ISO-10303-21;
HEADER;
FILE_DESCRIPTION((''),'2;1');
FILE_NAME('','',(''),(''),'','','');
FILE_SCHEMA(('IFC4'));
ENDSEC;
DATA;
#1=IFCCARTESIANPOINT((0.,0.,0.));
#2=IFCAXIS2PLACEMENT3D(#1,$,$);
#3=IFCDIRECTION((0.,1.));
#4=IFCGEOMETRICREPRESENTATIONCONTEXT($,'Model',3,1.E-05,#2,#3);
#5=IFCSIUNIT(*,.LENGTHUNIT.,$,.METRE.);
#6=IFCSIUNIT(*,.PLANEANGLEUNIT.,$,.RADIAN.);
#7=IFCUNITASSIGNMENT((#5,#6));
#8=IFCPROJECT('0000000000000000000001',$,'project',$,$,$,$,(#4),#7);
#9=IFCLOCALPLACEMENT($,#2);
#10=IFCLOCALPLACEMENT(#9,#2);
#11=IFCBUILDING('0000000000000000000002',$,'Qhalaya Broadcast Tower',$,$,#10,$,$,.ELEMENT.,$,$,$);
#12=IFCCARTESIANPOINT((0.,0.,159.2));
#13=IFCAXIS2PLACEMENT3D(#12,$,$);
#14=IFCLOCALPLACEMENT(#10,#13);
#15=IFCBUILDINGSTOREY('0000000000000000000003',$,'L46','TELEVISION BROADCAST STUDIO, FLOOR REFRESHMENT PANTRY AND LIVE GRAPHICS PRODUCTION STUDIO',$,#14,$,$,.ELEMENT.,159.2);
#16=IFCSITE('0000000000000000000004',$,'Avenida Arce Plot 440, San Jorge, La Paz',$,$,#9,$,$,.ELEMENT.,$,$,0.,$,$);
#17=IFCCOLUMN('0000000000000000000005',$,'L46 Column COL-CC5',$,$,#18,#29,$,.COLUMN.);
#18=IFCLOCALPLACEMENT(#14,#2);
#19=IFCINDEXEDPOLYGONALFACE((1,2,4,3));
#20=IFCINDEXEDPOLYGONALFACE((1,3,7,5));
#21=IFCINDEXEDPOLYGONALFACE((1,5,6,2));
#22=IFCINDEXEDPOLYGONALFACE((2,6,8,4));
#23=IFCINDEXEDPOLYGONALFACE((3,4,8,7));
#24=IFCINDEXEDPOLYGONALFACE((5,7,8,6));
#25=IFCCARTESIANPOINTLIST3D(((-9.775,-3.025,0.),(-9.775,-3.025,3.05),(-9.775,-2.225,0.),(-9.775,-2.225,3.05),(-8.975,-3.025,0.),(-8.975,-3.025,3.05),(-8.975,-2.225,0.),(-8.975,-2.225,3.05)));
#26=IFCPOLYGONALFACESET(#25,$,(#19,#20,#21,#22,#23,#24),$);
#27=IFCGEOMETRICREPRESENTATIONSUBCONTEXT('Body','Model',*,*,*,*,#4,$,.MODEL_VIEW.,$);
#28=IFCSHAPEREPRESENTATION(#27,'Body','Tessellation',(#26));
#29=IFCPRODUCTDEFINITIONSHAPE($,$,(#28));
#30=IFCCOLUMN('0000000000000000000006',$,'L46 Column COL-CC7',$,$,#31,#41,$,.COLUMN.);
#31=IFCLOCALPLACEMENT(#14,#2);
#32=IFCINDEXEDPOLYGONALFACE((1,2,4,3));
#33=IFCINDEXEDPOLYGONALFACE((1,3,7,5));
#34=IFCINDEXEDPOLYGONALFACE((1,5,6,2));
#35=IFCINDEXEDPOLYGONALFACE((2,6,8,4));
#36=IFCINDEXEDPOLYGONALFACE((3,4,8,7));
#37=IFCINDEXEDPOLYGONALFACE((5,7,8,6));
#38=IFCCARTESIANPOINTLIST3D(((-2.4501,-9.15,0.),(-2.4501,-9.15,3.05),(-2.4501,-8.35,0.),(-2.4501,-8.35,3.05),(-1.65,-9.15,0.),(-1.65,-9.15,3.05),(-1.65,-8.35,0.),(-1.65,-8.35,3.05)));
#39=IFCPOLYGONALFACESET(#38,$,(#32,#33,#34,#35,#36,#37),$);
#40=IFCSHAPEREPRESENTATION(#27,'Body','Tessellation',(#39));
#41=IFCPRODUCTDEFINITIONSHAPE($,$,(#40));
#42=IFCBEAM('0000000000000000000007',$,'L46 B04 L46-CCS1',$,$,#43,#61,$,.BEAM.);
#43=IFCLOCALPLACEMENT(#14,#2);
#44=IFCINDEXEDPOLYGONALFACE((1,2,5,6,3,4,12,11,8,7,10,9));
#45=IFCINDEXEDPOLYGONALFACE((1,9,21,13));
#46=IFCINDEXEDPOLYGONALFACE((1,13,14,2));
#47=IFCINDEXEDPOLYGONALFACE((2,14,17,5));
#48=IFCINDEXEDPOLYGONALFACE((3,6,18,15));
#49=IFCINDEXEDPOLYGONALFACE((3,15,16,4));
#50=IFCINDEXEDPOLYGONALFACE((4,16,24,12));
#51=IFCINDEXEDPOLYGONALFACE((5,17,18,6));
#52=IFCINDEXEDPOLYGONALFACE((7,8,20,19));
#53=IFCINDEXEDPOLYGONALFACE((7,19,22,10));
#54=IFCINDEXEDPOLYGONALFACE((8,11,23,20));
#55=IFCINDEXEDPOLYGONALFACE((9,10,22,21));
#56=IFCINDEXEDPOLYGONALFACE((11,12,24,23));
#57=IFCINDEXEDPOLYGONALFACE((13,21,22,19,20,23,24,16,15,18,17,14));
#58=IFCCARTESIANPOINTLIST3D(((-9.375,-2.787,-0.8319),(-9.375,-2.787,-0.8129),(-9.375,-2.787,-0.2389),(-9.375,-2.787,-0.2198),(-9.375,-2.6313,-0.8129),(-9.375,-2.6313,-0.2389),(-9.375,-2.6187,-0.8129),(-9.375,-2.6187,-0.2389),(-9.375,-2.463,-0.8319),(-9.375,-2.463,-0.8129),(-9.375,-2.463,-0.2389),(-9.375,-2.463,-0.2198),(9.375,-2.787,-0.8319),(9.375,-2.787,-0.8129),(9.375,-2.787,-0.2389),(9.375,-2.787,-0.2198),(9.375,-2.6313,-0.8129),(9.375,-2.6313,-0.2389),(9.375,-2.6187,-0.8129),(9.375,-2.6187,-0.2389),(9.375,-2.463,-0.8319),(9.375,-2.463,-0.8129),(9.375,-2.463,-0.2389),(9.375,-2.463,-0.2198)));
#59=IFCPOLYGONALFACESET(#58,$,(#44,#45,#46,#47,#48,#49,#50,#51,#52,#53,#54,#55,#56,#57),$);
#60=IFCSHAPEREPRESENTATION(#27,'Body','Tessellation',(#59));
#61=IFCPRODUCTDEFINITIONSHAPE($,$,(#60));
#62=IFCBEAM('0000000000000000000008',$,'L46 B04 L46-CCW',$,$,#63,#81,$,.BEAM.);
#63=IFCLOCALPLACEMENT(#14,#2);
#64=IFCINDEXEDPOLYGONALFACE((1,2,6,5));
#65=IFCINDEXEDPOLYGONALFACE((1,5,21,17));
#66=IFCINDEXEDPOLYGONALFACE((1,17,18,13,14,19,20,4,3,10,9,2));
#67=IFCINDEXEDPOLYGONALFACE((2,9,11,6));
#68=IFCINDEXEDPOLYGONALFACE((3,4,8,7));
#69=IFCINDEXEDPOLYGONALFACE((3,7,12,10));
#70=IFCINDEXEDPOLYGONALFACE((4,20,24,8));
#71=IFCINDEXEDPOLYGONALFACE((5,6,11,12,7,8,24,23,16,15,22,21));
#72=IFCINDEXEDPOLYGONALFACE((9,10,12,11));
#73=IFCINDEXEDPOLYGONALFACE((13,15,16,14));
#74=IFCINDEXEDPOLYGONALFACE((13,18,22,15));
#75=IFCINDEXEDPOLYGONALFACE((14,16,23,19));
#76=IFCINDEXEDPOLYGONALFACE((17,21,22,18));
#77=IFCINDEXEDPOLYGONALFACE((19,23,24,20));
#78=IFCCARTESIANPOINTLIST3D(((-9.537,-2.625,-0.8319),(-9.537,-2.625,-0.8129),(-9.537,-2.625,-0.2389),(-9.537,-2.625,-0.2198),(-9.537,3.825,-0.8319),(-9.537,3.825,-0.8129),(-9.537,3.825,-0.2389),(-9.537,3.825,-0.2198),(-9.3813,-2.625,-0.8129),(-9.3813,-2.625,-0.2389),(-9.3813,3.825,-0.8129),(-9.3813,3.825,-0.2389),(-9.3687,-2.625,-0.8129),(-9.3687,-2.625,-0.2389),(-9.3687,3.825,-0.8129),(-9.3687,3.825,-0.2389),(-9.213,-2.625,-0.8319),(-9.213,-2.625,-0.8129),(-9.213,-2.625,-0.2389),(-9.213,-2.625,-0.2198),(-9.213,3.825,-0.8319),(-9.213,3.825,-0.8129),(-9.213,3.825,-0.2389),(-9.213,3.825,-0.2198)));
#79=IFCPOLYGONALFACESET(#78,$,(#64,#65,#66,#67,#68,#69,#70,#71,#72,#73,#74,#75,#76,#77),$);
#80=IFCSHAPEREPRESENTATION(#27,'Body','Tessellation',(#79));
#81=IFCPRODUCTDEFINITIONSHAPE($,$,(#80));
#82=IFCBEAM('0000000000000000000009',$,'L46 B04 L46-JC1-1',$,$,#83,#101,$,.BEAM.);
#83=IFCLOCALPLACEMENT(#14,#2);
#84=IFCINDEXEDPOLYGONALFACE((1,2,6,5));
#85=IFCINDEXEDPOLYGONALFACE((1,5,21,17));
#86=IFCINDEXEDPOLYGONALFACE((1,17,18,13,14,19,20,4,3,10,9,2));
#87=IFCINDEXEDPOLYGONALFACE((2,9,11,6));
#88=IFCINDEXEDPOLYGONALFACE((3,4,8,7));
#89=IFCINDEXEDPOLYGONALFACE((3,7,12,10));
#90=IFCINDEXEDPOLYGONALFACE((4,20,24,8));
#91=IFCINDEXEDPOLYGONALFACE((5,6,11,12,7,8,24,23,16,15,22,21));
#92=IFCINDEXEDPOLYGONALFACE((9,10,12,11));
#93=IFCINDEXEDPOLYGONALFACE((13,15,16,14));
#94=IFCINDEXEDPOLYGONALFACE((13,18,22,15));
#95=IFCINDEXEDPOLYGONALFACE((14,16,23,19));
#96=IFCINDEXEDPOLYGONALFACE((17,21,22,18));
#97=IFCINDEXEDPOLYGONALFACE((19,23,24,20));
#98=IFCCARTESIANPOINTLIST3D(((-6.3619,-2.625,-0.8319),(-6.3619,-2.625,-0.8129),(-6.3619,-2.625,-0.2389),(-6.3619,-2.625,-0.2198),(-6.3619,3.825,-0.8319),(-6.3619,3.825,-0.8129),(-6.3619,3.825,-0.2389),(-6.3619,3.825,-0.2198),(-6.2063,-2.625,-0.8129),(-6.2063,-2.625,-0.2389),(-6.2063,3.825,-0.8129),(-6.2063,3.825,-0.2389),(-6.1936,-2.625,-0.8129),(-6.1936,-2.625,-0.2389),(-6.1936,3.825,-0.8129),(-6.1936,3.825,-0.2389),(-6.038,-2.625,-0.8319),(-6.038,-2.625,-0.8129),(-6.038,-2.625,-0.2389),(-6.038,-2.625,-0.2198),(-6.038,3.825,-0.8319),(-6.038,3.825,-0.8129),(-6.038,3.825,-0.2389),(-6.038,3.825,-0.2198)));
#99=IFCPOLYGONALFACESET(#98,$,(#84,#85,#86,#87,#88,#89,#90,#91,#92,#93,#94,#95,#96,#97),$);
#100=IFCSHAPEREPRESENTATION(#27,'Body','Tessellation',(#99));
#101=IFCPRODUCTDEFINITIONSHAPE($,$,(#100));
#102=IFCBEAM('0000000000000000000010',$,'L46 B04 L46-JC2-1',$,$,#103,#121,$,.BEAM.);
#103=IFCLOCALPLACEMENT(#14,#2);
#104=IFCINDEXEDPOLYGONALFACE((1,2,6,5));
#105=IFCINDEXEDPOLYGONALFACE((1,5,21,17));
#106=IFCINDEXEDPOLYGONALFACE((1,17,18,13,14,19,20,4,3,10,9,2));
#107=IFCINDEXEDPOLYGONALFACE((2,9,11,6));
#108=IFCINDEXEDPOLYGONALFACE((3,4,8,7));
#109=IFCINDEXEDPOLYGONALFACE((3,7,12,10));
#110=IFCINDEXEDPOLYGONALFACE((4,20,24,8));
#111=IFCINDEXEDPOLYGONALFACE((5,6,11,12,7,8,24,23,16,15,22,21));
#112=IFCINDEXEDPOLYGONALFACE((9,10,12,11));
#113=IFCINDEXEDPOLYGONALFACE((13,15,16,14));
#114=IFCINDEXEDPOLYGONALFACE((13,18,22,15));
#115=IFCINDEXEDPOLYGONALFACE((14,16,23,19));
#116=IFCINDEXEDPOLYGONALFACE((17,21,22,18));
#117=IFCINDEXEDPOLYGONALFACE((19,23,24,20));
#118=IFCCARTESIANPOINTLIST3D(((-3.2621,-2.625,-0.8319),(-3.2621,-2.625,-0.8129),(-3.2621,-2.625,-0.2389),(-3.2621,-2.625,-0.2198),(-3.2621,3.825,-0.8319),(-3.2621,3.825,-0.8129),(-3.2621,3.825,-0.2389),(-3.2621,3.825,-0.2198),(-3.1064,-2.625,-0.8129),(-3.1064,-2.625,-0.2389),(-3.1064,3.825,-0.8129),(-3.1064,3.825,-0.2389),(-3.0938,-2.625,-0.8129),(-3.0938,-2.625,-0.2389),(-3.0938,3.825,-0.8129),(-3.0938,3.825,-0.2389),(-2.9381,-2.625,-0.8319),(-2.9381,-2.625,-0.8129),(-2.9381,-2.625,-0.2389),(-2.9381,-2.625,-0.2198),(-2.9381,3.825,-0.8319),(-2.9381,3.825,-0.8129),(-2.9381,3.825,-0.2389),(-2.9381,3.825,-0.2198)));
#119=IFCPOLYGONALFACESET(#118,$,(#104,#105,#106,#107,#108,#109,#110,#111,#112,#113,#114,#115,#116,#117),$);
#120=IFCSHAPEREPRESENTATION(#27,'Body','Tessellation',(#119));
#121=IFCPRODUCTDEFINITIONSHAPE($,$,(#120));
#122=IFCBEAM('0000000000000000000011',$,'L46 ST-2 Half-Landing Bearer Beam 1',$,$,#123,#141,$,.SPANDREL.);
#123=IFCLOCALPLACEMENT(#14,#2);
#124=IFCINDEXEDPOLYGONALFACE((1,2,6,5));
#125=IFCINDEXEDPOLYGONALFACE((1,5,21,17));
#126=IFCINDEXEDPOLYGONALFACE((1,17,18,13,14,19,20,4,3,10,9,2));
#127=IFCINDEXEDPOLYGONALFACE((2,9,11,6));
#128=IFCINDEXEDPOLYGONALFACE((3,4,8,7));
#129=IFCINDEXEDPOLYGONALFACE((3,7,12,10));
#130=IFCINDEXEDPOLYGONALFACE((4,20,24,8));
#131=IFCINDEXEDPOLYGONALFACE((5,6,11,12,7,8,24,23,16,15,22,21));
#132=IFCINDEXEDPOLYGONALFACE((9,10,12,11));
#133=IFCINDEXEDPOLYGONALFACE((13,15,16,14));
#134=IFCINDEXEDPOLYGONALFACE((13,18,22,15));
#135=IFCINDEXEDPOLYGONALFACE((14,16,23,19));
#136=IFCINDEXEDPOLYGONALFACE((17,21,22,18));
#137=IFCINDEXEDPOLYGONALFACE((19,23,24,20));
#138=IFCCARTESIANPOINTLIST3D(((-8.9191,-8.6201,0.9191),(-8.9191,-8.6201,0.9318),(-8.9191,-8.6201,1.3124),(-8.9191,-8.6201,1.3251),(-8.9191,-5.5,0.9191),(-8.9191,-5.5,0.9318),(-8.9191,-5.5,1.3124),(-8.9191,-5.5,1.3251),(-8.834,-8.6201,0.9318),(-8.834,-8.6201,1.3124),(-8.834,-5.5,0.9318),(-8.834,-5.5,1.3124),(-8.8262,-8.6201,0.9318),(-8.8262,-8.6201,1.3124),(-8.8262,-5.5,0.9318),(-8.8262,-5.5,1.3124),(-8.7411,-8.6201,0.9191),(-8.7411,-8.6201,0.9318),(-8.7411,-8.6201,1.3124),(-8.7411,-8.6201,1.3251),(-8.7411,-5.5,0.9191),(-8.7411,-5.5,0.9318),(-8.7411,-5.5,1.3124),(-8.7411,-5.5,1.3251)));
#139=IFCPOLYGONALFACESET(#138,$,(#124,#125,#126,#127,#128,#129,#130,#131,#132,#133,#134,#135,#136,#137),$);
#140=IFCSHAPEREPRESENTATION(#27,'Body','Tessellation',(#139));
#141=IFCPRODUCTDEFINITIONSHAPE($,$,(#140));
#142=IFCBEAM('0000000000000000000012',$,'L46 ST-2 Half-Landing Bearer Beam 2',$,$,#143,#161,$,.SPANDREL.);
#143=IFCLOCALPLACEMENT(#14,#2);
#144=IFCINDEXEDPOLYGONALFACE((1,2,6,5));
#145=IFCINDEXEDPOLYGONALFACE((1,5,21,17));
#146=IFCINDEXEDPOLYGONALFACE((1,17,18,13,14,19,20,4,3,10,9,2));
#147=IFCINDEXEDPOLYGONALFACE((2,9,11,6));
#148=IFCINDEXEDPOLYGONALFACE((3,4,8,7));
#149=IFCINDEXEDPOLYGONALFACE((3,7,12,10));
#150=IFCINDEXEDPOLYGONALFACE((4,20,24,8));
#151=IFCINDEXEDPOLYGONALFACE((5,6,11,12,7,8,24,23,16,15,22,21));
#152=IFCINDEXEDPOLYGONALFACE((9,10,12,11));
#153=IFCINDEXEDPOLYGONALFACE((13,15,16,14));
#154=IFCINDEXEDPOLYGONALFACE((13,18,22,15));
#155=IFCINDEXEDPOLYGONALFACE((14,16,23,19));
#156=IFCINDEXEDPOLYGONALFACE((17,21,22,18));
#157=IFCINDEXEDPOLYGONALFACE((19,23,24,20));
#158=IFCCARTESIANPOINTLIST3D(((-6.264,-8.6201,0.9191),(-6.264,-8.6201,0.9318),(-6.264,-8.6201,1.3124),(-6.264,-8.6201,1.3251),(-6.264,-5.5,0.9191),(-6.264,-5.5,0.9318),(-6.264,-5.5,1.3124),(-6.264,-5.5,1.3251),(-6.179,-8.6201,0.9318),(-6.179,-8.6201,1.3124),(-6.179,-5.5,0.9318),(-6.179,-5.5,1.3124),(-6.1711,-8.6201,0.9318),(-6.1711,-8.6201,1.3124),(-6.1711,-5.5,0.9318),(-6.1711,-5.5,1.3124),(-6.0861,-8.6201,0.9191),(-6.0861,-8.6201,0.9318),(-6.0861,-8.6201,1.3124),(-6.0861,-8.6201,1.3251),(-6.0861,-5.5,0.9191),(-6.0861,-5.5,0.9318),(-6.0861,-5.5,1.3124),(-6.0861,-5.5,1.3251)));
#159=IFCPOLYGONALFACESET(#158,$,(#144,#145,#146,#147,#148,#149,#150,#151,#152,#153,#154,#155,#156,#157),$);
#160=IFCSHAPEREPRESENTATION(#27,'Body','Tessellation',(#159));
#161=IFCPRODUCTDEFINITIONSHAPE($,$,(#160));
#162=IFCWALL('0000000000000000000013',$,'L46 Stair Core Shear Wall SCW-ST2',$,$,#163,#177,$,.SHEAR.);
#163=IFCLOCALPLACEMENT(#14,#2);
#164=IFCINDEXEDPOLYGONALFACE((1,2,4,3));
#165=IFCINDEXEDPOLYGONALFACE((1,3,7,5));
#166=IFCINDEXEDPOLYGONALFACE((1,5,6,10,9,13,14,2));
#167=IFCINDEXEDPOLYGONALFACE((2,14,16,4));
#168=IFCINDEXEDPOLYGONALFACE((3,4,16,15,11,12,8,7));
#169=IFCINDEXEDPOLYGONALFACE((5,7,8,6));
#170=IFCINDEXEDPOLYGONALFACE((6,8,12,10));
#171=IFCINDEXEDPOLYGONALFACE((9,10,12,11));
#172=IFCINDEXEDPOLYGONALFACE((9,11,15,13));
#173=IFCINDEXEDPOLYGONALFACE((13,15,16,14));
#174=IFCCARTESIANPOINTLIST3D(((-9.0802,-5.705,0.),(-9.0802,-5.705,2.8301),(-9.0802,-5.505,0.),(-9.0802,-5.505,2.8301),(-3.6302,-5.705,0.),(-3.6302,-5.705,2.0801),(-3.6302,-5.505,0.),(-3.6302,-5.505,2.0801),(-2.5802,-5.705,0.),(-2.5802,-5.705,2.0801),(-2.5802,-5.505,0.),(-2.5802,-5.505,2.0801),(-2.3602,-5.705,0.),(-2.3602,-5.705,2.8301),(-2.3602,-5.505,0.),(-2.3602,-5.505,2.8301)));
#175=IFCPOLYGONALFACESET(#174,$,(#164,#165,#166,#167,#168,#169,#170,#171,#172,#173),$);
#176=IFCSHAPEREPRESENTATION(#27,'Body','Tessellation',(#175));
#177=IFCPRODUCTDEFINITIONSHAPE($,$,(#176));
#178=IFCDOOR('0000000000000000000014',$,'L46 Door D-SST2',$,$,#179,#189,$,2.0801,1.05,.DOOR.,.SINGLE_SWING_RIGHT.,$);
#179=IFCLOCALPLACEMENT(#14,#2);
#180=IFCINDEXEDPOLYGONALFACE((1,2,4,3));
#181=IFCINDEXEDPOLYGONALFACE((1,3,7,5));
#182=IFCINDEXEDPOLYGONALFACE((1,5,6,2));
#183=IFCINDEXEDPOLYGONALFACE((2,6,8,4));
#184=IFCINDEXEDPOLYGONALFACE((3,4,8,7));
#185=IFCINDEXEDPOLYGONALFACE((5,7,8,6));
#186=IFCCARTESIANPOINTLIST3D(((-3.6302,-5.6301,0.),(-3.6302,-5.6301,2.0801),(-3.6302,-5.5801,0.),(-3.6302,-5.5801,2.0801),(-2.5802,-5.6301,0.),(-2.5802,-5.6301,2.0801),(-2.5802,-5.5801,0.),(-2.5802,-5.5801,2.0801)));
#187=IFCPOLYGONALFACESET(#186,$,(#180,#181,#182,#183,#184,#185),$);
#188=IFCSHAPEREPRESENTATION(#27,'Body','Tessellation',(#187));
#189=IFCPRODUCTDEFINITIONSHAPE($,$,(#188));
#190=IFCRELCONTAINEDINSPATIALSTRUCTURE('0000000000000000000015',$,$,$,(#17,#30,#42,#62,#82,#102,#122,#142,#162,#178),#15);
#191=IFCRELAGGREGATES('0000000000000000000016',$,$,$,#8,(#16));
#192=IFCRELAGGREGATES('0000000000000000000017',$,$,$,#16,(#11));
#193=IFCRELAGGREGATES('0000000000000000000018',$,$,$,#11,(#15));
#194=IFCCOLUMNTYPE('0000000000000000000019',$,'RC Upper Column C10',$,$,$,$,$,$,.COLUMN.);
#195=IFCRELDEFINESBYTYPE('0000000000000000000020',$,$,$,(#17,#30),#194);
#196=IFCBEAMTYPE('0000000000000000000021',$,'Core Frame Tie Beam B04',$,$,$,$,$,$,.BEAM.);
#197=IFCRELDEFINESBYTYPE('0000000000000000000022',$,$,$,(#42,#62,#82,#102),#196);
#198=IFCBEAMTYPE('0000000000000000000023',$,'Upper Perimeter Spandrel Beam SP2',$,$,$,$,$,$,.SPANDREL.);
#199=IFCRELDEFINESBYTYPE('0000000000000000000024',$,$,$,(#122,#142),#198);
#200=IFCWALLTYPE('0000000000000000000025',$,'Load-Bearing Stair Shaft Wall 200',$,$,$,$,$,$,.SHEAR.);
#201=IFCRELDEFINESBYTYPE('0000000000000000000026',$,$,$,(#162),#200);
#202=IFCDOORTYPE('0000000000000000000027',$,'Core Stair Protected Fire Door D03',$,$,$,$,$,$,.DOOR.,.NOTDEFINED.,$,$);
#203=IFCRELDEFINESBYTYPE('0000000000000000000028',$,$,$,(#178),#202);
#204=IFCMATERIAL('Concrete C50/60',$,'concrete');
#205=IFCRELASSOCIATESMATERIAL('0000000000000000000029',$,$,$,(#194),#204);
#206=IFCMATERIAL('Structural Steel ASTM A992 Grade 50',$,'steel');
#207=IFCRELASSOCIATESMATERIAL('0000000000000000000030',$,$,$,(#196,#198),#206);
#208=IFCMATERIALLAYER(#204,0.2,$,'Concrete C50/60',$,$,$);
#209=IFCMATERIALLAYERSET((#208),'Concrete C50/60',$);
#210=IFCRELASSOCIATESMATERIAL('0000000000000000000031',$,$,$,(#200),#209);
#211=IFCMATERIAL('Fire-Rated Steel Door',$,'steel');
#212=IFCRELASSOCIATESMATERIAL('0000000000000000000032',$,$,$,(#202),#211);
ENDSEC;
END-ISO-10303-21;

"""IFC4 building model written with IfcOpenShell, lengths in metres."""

from ifc_helpers import new_model, si_unit, direction, frame, frame_2d, origin, origin_2d, place, context, subcontext, project, spatial, rectangle, i_section, extrude, material, layer, layer_set, material_profile, profile_set, type_object, element, fill, save


model = new_model("IFC4")

# Units and contexts
model_context = context("Model", 3, precision=1e-05, world=origin(), true_north=direction((0.0, 1.0)))
body_context = subcontext(model_context, "Body", "Model", "MODEL_VIEW")
ifc_project = project(units=[si_unit("LENGTHUNIT", "METRE"), si_unit("PLANEANGLEUNIT", "RADIAN")], contexts=[model_context])

# Site, building, storey
site_placement = place(None, origin())
site = spatial("IfcSite", under=ifc_project, at=site_placement, Name="Avenida Arce Plot 440, San Jorge, La Paz", CompositionType="ELEMENT", RefElevation=0.0)
building_placement = place(site_placement, origin())
building = spatial("IfcBuilding", under=site, at=building_placement, Name="Qhalaya Broadcast Tower", CompositionType="ELEMENT")
storey_placement = place(building_placement, frame((0.0, 0.0, 159.2)))
storey = spatial("IfcBuildingStorey", under=building, at=storey_placement, Name="L46", Description="TELEVISION BROADCAST STUDIO, FLOOR REFRESHMENT PANTRY AND LIVE GRAPHICS PRODUCTION STUDIO", CompositionType="ELEMENT", Elevation=159.2)

# Columns
ifc_material_1 = material(Name="Concrete C50/60", Category="concrete")
ifc_material_profile_1 = material_profile(ifc_material_1, rectangle(XDim=0.8, YDim=0.8, at=origin_2d()), Name="RC-COL 800x800")
ifc_profile_set_1 = profile_set([ifc_material_profile_1], Name="Concrete C50/60")
column_type = type_object("IfcColumnType", Name="RC Upper Column C10", PredefinedType="COLUMN", material=ifc_profile_set_1)
for number, where, z_axis, x_axis, name in (
    (1, (-9.375, -2.625, 0.0), (0.0, 0.0, 1.0), (1.0, 0.0, 0.0), "L46 Column COL-CC5"),
    (2, (-2.05, -8.75, 0.0), (0.0, 0.0, 1.0), (1.0, 0.0, 0.0), "L46 Column COL-CC7"),
):
    element("IfcColumn", number, at=place(storey_placement, frame(where, z_axis=z_axis, x_axis=x_axis)), inside=storey, type_object=column_type, Name=name, PredefinedType="COLUMN", context=body_context, shape_type="SweptSolid", body=[
        extrude(rectangle(XDim=0.8, YDim=0.8, at=origin_2d()), origin(), (0.0, 0.0, 1.0), 3.05),
    ])

# Beams
ifc_material_2 = material(Name="Structural Steel ASTM A992 Grade 50", Category="steel")
ifc_material_profile_2 = material_profile(ifc_material_2, i_section(OverallWidth=0.324, OverallDepth=0.6121, WebThickness=0.0127, FlangeThickness=0.019, at=origin_2d()), Name="W24X104")
ifc_profile_set_2 = profile_set([ifc_material_profile_2], Name="Structural Steel ASTM A992 Grade 50")
beam_type_1 = type_object("IfcBeamType", Name="Core Frame Tie Beam B04", PredefinedType="BEAM", material=ifc_profile_set_2)
beam_placement = place(storey_placement, frame((-9.375, -2.625, -0.5259), z_axis=(1.0, 0.0, 0.0), x_axis=(0.0, 1.0, 0.0)))
element("IfcBeam", 3, at=beam_placement, inside=storey, type_object=beam_type_1, Name="L46 B04 L46-CCS1", PredefinedType="BEAM", context=body_context, shape_type="SweptSolid", body=[
    extrude(i_section(OverallWidth=0.324, OverallDepth=0.6121, WebThickness=0.0127, FlangeThickness=0.019, at=origin_2d()), origin(), (0.0, 0.0, 1.0), 18.75),
])
for number, where, z_axis, x_axis, name in (
    (4, (-9.375, -2.625, -0.5259), (0.0, 1.0, 0.0), (-1.0, 0.0, 0.0), "L46 B04 L46-CCW"),
    (5, (-6.2, -2.625, -0.5259), (0.0, 1.0, 0.0), (-1.0, 0.0, 0.0), "L46 B04 L46-JC1-1"),
    (6, (-3.1001, -2.625, -0.5259), (0.0, 1.0, 0.0), (-1.0, 0.0, 0.0), "L46 B04 L46-JC2-1"),
):
    element("IfcBeam", number, at=place(storey_placement, frame(where, z_axis=z_axis, x_axis=x_axis)), inside=storey, type_object=beam_type_1, Name=name, PredefinedType="BEAM", context=body_context, shape_type="SweptSolid", body=[
        extrude(i_section(OverallWidth=0.324, OverallDepth=0.6121, WebThickness=0.0127, FlangeThickness=0.019, at=origin_2d()), origin(), (0.0, 0.0, 1.0), 6.45),
    ])
ifc_material_profile_3 = material_profile(ifc_material_2, i_section(OverallWidth=0.178, OverallDepth=0.406, WebThickness=0.0078, FlangeThickness=0.0127, at=origin_2d()), Name="W16X40")
ifc_profile_set_3 = profile_set([ifc_material_profile_3], Name="Structural Steel ASTM A992 Grade 50")
beam_type_2 = type_object("IfcBeamType", Name="Upper Perimeter Spandrel Beam SP2", PredefinedType="SPANDREL", material=ifc_profile_set_3)
for number, where, z_axis, x_axis, name in (
    (7, (-8.8301, -8.6201, 1.1221), (0.0, 1.0, 0.0), (-1.0, 0.0, 0.0), "L46 ST-2 Half-Landing Bearer Beam 1"),
    (8, (-6.175, -8.6201, 1.1221), (0.0, 1.0, 0.0), (-1.0, 0.0, 0.0), "L46 ST-2 Half-Landing Bearer Beam 2"),
):
    element("IfcBeam", number, at=place(storey_placement, frame(where, z_axis=z_axis, x_axis=x_axis)), inside=storey, type_object=beam_type_2, Name=name, PredefinedType="SPANDREL", context=body_context, shape_type="SweptSolid", body=[
        extrude(i_section(OverallWidth=0.178, OverallDepth=0.406, WebThickness=0.0078, FlangeThickness=0.0127, at=origin_2d()), origin(), (0.0, 0.0, 1.0), 3.1201),
    ])

# Wall, opening, door
ifc_layer_1 = layer(ifc_material_1, 0.2, Name="Concrete C50/60")
ifc_layer_set_1 = layer_set([ifc_layer_1], Name="Concrete C50/60")
wall_type_1 = type_object("IfcWallType", Name="Load-Bearing Stair Shaft Wall 200", PredefinedType="SHEAR", material=ifc_layer_set_1)
wall_1_placement = place(storey_placement, frame((-9.0801, -5.605, 0.0), z_axis=(0.0, 0.0, 1.0), x_axis=(1.0, 0.0, 0.0)))
wall_1 = element("IfcWall", 9, at=wall_1_placement, inside=storey, type_object=wall_type_1, Name="L46 Stair Core Shear Wall SCW-ST2", PredefinedType="SHEAR", context=body_context, shape_type="SweptSolid", body=[
    extrude(rectangle(XDim=6.72, YDim=0.2, at=frame_2d((3.3599, 0.0))), origin(), (0.0, 0.0, 1.0), 2.8301),
])
opening_1_placement = place(wall_1_placement, frame((5.45, 0.0, 0.0)))
opening_1 = element("IfcOpeningElement", 10, at=opening_1_placement, cuts=wall_1, PredefinedType="OPENING", context=body_context, shape_type="SweptSolid", body=[
    extrude(rectangle(XDim=1.05, YDim=2.0801, at=frame_2d((0.5249, 1.04))), frame((0.0, 0.1121, 0.0), z_axis=(0.0, -1.0, 0.0), x_axis=(1.0, 0.0, 0.0)), (0.0, 0.0, 1.0), 0.2239),
])
ifc_material_3 = material(Name="Fire-Rated Steel Door", Category="steel")
door_type_1 = type_object("IfcDoorType", Name="Core Stair Protected Fire Door D03", OperationType="NOTDEFINED", PredefinedType="DOOR", material=ifc_material_3)
door_1_placement = place(opening_1_placement, origin())
door_1 = element("IfcDoor", 11, at=door_1_placement, inside=storey, type_object=door_type_1, Name="L46 Door D-SST2", OperationType="SINGLE_SWING_RIGHT", OverallHeight=2.0801, OverallWidth=1.05, PredefinedType="DOOR", context=body_context, shape_type="SweptSolid", body=[
    extrude(rectangle(XDim=1.05, YDim=2.0801, at=frame_2d((0.5249, 1.04))), frame((0.0, 0.0249, 0.0), z_axis=(0.0, -1.0, 0.0), x_axis=(1.0, 0.0, 0.0)), (0.0, 0.0, 1.0), 0.05),
])
fill(opening_1, door_1)

save(model, "model.ifc")
